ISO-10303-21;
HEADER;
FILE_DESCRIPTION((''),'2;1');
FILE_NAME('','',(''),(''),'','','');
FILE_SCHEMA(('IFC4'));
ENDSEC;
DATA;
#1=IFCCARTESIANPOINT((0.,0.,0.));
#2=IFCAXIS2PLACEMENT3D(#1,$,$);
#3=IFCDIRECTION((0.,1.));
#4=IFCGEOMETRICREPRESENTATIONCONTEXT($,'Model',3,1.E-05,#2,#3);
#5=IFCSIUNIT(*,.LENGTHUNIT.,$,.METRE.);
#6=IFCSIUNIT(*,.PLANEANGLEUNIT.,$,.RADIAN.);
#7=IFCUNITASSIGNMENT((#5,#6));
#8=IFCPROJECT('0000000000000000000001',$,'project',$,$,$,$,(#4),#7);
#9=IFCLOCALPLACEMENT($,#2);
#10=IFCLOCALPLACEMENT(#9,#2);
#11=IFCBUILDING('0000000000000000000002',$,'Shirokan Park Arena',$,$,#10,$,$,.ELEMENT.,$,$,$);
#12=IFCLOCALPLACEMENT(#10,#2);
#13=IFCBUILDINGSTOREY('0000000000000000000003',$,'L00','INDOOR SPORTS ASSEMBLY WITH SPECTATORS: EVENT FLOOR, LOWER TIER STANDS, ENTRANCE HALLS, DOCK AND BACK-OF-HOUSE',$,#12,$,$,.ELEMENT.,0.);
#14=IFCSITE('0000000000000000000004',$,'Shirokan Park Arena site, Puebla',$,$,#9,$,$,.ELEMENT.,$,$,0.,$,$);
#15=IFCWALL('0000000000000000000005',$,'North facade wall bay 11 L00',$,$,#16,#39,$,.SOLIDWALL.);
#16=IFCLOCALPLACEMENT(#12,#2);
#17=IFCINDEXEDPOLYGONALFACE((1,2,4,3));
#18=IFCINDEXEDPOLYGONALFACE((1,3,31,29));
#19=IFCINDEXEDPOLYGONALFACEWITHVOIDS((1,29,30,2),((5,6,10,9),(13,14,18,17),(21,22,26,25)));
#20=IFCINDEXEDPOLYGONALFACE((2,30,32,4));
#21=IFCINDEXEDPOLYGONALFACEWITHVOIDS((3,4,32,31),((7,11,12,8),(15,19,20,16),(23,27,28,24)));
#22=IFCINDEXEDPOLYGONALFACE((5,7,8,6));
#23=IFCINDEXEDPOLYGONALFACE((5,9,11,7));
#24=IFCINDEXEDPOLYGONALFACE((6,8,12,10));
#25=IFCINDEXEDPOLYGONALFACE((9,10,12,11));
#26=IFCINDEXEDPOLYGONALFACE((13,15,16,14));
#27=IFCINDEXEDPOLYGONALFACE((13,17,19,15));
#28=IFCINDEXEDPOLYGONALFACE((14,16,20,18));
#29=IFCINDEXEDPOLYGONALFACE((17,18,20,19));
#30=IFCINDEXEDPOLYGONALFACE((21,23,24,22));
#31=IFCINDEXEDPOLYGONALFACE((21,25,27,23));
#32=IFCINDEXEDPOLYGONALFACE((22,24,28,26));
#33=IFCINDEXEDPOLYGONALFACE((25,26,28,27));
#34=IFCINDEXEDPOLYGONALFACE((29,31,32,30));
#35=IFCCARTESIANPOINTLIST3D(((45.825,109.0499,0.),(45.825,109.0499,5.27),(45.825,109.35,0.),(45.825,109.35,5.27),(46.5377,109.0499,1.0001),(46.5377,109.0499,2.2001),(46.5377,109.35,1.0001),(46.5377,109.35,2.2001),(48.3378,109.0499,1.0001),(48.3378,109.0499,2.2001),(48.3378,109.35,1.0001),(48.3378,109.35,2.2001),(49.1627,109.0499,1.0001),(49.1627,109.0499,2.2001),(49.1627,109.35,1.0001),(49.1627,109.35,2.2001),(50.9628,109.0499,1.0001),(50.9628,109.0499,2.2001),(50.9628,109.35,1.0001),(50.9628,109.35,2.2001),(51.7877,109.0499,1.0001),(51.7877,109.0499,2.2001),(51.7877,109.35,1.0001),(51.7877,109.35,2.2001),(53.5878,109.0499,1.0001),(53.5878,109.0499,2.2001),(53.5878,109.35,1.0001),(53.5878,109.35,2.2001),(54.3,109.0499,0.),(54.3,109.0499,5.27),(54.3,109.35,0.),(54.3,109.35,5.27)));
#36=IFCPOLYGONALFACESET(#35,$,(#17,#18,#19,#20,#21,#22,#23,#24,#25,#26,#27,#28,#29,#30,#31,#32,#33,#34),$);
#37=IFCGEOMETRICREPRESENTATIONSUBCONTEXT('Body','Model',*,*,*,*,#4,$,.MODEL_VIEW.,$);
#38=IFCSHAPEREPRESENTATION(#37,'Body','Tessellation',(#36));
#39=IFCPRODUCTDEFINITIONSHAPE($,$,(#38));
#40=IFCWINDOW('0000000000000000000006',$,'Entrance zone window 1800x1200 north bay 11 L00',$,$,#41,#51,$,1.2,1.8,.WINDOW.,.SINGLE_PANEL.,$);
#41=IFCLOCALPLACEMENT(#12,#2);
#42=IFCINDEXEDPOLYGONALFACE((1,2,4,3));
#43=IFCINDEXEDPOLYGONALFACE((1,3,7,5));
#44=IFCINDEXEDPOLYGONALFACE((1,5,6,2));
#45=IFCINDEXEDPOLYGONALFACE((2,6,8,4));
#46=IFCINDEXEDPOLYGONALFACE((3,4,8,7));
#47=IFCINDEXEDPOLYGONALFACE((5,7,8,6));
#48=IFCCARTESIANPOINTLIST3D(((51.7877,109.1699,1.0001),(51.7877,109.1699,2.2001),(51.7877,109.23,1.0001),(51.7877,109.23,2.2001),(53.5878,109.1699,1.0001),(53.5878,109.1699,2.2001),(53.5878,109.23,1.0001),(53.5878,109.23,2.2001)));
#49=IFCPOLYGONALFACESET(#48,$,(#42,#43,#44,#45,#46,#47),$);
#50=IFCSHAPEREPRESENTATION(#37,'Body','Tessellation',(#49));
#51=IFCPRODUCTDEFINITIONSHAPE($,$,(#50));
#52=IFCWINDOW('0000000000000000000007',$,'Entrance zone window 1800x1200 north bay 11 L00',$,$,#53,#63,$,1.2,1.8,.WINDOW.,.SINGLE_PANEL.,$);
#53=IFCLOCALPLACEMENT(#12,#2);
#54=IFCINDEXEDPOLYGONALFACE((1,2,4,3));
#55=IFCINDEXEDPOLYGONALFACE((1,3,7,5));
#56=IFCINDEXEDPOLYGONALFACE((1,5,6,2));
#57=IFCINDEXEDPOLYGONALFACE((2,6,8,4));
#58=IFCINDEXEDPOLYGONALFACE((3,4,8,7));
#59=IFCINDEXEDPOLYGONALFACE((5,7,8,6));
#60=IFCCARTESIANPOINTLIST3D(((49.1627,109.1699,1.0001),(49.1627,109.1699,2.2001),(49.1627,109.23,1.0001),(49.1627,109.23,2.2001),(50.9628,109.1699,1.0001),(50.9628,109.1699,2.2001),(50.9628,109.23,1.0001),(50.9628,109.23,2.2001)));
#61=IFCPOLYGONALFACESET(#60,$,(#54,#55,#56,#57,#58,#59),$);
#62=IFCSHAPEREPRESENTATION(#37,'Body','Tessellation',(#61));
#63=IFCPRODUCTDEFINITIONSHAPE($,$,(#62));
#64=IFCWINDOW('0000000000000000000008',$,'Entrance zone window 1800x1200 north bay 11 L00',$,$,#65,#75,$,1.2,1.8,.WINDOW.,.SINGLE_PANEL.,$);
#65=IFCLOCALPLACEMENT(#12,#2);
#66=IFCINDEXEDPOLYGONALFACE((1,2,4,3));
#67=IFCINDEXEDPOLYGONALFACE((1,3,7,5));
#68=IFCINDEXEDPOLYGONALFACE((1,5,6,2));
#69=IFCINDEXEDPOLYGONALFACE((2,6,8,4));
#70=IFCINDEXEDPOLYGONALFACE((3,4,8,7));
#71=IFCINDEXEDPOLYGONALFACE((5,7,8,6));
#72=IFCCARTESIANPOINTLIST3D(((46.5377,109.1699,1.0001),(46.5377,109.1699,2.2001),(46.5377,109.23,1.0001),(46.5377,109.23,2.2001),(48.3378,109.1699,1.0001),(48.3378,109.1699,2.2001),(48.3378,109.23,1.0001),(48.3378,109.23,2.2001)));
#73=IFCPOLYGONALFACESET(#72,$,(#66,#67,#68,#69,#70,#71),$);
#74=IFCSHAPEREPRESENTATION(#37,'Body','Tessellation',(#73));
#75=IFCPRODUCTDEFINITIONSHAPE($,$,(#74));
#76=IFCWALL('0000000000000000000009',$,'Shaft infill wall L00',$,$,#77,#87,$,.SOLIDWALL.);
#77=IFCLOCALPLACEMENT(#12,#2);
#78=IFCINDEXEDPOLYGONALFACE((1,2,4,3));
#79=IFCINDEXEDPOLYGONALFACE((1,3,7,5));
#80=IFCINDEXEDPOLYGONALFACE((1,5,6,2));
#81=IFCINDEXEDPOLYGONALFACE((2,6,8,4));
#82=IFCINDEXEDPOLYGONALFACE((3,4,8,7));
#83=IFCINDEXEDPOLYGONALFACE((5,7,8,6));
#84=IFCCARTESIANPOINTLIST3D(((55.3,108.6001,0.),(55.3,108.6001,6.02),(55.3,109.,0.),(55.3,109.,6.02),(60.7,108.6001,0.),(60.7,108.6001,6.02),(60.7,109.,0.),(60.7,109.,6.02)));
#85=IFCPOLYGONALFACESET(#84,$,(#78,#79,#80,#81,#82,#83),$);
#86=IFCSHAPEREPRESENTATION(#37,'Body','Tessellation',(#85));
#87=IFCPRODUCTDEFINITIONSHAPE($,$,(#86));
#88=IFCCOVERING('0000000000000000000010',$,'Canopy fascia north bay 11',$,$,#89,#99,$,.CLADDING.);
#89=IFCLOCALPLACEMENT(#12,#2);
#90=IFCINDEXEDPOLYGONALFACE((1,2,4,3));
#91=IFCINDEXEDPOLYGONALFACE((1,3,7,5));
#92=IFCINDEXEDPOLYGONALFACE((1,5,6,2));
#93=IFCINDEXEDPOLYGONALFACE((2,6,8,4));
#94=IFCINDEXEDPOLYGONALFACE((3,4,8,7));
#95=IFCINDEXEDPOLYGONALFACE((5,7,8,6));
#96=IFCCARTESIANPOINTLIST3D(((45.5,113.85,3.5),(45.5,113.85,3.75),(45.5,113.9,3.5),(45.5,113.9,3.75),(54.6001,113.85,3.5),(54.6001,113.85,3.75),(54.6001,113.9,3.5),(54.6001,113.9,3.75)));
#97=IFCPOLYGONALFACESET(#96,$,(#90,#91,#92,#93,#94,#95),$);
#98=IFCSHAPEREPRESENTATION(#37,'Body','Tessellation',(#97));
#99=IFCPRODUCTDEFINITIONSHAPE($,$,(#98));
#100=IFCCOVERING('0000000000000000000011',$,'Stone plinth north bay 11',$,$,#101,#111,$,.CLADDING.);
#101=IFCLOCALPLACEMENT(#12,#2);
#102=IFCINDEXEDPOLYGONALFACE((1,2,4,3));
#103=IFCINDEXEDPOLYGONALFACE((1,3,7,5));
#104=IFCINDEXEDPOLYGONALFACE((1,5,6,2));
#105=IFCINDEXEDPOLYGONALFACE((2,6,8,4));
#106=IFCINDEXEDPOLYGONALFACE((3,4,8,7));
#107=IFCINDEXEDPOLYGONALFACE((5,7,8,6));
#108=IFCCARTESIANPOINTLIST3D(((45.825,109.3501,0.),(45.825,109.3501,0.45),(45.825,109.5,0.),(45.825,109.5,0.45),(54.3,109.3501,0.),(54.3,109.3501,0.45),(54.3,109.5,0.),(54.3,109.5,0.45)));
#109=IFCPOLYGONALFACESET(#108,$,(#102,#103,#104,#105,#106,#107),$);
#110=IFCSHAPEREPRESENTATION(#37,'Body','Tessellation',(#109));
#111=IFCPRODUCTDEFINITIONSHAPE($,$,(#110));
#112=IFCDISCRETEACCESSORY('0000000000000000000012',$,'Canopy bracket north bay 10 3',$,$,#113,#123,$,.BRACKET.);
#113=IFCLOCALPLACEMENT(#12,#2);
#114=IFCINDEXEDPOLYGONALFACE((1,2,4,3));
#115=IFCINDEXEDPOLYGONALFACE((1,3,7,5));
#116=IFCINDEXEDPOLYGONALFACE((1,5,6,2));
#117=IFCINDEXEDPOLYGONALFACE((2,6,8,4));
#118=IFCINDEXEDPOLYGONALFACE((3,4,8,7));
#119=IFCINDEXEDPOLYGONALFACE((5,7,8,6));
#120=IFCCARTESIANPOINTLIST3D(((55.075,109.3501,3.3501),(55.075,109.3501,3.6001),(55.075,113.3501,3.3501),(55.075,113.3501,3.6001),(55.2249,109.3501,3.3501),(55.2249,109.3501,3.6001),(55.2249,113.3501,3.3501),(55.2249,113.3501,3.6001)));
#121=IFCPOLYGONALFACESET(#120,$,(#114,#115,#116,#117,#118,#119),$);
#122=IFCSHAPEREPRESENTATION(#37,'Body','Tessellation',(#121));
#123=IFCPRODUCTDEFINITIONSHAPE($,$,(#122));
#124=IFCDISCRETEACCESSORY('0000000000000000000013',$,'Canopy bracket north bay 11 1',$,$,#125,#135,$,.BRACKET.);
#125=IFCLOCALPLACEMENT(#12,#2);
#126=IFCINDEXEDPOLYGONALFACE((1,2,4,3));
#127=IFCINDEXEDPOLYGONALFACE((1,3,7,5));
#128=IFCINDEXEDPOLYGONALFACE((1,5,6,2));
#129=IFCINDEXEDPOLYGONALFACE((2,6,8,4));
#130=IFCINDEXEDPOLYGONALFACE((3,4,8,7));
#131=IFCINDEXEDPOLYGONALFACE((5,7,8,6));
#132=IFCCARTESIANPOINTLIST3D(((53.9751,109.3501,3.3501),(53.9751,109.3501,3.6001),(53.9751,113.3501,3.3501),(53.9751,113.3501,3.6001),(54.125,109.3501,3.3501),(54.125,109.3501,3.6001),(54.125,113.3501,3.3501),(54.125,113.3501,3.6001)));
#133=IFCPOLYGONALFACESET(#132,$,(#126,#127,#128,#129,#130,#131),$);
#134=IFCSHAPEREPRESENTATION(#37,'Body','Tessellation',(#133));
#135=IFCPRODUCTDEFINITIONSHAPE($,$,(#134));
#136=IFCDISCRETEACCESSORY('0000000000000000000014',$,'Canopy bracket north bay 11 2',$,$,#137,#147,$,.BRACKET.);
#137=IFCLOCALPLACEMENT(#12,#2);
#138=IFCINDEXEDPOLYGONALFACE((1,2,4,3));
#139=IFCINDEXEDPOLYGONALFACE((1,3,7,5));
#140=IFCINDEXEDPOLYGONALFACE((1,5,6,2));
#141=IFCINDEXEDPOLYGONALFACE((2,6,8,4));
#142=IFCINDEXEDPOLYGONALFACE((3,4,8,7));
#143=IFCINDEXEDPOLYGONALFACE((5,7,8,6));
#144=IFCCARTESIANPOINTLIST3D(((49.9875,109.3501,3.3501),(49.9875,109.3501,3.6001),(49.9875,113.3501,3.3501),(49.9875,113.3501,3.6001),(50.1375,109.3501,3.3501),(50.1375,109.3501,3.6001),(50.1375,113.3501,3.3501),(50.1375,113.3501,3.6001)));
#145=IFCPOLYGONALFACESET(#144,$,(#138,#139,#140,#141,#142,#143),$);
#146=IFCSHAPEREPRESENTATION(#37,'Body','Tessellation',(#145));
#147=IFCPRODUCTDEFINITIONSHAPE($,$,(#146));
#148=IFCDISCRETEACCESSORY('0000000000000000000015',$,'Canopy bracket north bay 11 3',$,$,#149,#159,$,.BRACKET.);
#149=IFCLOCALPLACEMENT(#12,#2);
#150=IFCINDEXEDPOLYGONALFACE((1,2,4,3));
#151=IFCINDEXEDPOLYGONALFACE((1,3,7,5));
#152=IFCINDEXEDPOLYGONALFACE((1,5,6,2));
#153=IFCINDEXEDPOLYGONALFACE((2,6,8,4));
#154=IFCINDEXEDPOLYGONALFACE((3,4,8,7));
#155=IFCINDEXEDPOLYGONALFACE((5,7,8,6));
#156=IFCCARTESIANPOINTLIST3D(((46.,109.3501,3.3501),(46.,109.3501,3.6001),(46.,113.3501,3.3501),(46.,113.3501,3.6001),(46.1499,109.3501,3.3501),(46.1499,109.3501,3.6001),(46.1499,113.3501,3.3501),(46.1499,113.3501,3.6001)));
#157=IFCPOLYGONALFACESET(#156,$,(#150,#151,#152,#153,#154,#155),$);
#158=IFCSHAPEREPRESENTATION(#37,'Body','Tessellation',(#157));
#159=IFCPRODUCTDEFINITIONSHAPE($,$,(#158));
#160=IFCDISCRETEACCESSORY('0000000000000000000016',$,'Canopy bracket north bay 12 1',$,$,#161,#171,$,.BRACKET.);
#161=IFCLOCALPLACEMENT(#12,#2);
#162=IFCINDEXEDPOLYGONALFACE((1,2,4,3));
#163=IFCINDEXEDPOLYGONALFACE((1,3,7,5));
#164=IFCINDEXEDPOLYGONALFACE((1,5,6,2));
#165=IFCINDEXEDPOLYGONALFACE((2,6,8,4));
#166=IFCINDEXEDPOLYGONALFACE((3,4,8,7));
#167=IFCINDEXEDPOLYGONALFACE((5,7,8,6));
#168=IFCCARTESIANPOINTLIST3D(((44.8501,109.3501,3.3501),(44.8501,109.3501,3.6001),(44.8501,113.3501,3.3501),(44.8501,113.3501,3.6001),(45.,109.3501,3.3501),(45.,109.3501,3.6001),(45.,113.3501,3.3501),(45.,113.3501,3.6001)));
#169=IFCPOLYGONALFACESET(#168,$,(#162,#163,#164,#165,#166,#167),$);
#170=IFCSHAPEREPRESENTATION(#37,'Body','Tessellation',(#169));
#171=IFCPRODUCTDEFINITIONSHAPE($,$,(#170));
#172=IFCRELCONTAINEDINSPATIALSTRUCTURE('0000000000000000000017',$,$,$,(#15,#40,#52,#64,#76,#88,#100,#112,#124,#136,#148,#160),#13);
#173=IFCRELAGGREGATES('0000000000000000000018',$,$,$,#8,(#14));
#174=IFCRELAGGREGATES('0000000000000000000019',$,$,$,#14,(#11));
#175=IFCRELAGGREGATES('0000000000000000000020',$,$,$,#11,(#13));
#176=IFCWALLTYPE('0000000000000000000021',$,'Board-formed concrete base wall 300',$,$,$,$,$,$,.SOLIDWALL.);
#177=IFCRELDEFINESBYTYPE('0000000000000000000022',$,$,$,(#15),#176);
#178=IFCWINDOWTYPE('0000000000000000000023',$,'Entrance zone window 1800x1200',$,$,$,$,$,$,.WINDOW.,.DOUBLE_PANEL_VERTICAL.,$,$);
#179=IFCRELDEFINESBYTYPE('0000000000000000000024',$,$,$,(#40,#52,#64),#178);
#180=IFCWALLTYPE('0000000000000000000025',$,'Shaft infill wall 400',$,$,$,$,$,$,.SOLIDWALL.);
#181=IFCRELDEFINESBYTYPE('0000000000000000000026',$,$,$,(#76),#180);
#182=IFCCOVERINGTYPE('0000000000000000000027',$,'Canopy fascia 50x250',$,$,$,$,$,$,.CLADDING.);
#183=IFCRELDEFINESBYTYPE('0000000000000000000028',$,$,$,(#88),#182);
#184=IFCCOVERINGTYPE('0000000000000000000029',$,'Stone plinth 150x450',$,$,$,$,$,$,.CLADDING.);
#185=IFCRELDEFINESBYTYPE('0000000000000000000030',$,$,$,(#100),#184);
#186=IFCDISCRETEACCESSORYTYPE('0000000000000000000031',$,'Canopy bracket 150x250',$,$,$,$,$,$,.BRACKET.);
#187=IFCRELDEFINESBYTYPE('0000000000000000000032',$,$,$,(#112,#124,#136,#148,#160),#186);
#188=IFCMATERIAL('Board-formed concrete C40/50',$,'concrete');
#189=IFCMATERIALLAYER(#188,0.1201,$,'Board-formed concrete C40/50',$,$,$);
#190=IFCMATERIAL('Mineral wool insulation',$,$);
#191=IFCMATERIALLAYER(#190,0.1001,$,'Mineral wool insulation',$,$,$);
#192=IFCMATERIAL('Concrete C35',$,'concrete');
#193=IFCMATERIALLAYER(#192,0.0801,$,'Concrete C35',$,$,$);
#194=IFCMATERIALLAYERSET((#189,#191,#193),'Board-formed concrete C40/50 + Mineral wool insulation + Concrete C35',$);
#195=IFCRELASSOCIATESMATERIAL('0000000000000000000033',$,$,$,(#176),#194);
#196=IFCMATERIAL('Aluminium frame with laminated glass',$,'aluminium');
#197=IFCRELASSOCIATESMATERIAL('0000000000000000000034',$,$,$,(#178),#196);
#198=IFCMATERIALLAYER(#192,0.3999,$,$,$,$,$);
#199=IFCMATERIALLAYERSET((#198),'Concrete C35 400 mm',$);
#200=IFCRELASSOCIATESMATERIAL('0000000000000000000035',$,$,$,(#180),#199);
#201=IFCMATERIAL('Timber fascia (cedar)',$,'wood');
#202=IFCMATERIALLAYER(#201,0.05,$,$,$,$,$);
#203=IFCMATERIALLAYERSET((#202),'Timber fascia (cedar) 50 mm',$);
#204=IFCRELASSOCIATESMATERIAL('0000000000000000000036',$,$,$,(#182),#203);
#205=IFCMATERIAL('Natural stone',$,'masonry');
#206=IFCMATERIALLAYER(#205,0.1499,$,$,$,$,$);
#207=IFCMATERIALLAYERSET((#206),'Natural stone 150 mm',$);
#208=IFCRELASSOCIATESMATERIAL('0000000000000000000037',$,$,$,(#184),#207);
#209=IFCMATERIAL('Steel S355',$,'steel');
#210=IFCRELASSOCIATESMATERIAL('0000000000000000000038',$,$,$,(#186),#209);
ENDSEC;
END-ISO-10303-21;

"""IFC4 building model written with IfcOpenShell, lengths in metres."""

from ifc_helpers import new_model, si_unit, direction, frame, frame_2d, origin, origin_2d, place, context, subcontext, project, spatial, rectangle, extrude, material, layer, layer_set, type_object, element, fill, save


model = new_model("IFC4")

# Units and contexts
model_context = context("Model", 3, precision=1e-05, world=origin(), true_north=direction((0.0, 1.0)))
body_context = subcontext(model_context, "Body", "Model", "MODEL_VIEW")
ifc_project = project(units=[si_unit("LENGTHUNIT", "METRE"), si_unit("PLANEANGLEUNIT", "RADIAN")], contexts=[model_context])

# Site, building, storey
site_placement = place(None, origin())
site = spatial("IfcSite", under=ifc_project, at=site_placement, Name="Shirokan Park Arena site, Puebla", CompositionType="ELEMENT", RefElevation=0.0)
building_placement = place(site_placement, origin())
building = spatial("IfcBuilding", under=site, at=building_placement, Name="Shirokan Park Arena", CompositionType="ELEMENT")
storey_placement = place(building_placement, origin())
storey = spatial("IfcBuildingStorey", under=building, at=storey_placement, Name="L00", Description="INDOOR SPORTS ASSEMBLY WITH SPECTATORS: EVENT FLOOR, LOWER TIER STANDS, ENTRANCE HALLS, DOCK AND BACK-OF-HOUSE", CompositionType="ELEMENT", Elevation=0.0)

# Shared definitions
ifc_material_1 = material(Name="Concrete C35", Category="concrete")
ifc_material_2 = material(Name="Steel S355", Category="steel")

# Wall, openings, windows
ifc_material_3 = material(Name="Board-formed concrete C40/50", Category="concrete")
ifc_layer_1 = layer(ifc_material_3, 0.1201, Name="Board-formed concrete C40/50")
ifc_material_4 = material(Name="Mineral wool insulation")
ifc_layer_2 = layer(ifc_material_4, 0.1001, Name="Mineral wool insulation")
ifc_layer_3 = layer(ifc_material_1, 0.0801, Name="Concrete C35")
ifc_layer_set_1 = layer_set([ifc_layer_1, ifc_layer_2, ifc_layer_3], Name="Board-formed concrete C40/50 + Mineral wool insulation + Concrete C35")
wall_type_1 = type_object("IfcWallType", Name="Board-formed concrete base wall 300", PredefinedType="SOLIDWALL", material=ifc_layer_set_1)
wall_1_placement = place(storey_placement, frame((54.3, 109.2, 0.0), z_axis=(0.0, 0.0, 1.0), x_axis=(-1.0, 0.0, 0.0)))
wall_1 = element("IfcWall", 1, at=wall_1_placement, inside=storey, type_object=wall_type_1, Name="North facade wall bay 11 L00", PredefinedType="SOLIDWALL", context=body_context, shape_type="SweptSolid", body=[
    extrude(rectangle(XDim=8.4751, YDim=0.3, at=frame_2d((4.2375, 0.0))), origin(), (0.0, 0.0, 1.0), 5.27),
])
opening_1_placement = place(wall_1_placement, frame((0.7124, 0.0, 1.0)))
opening_1 = element("IfcOpeningElement", 2, at=opening_1_placement, cuts=wall_1, PredefinedType="OPENING", context=body_context, shape_type="SweptSolid", body=[
    extrude(rectangle(XDim=1.8, YDim=1.2, at=frame_2d((0.8999, 0.6001))), frame((0.0, 0.1599, 0.0), z_axis=(0.0, -1.0, 0.0), x_axis=(1.0, 0.0, 0.0)), (0.0, 0.0, 1.0), 0.3201),
])
opening_2_placement = place(wall_1_placement, frame((3.3374, 0.0, 1.0)))
opening_2 = element("IfcOpeningElement", 3, at=opening_2_placement, cuts=wall_1, PredefinedType="OPENING", context=body_context, shape_type="SweptSolid", body=[
    extrude(rectangle(XDim=1.8, YDim=1.2, at=frame_2d((0.8999, 0.6001))), frame((0.0, 0.1599, 0.0), z_axis=(0.0, -1.0, 0.0), x_axis=(1.0, 0.0, 0.0)), (0.0, 0.0, 1.0), 0.3201),
])
opening_3_placement = place(wall_1_placement, frame((5.9624, 0.0, 1.0)))
opening_3 = element("IfcOpeningElement", 4, at=opening_3_placement, cuts=wall_1, PredefinedType="OPENING", context=body_context, shape_type="SweptSolid", body=[
    extrude(rectangle(XDim=1.8, YDim=1.2, at=frame_2d((0.8999, 0.6001))), frame((0.0, 0.1599, 0.0), z_axis=(0.0, -1.0, 0.0), x_axis=(1.0, 0.0, 0.0)), (0.0, 0.0, 1.0), 0.3201),
])
ifc_material_5 = material(Name="Aluminium frame with laminated glass", Category="aluminium")
window_type = type_object("IfcWindowType", Name="Entrance zone window 1800x1200", PartitioningType="DOUBLE_PANEL_VERTICAL", PredefinedType="WINDOW", material=ifc_material_5)
window_1_placement = place(opening_1_placement, origin())
window_1 = element("IfcWindow", 5, at=window_1_placement, inside=storey, type_object=window_type, Name="Entrance zone window 1800x1200 north bay 11 L00", OverallHeight=1.2, OverallWidth=1.8, PartitioningType="SINGLE_PANEL", PredefinedType="WINDOW", context=body_context, shape_type="SweptSolid", body=[
    extrude(rectangle(XDim=1.8, YDim=1.2, at=frame_2d((0.8999, 0.6001))), frame((0.0, 0.03, 0.0), z_axis=(0.0, -1.0, 0.0), x_axis=(1.0, 0.0, 0.0)), (0.0, 0.0, 1.0), 0.0601),
])
fill(opening_1, window_1)
window_2_placement = place(opening_2_placement, origin())
window_2 = element("IfcWindow", 6, at=window_2_placement, inside=storey, type_object=window_type, Name="Entrance zone window 1800x1200 north bay 11 L00", OverallHeight=1.2, OverallWidth=1.8, PartitioningType="SINGLE_PANEL", PredefinedType="WINDOW", context=body_context, shape_type="SweptSolid", body=[
    extrude(rectangle(XDim=1.8, YDim=1.2, at=frame_2d((0.8999, 0.6001))), frame((0.0, 0.03, 0.0), z_axis=(0.0, -1.0, 0.0), x_axis=(1.0, 0.0, 0.0)), (0.0, 0.0, 1.0), 0.0601),
])
fill(opening_2, window_2)
window_3_placement = place(opening_3_placement, origin())
window_3 = element("IfcWindow", 7, at=window_3_placement, inside=storey, type_object=window_type, Name="Entrance zone window 1800x1200 north bay 11 L00", OverallHeight=1.2, OverallWidth=1.8, PartitioningType="SINGLE_PANEL", PredefinedType="WINDOW", context=body_context, shape_type="SweptSolid", body=[
    extrude(rectangle(XDim=1.8, YDim=1.2, at=frame_2d((0.8999, 0.6001))), frame((0.0, 0.03, 0.0), z_axis=(0.0, -1.0, 0.0), x_axis=(1.0, 0.0, 0.0)), (0.0, 0.0, 1.0), 0.0601),
])
fill(opening_3, window_3)

# Wall
ifc_layer_4 = layer(ifc_material_1, 0.3999)
ifc_layer_set_2 = layer_set([ifc_layer_4], Name="Concrete C35 400 mm")
wall_type_2 = type_object("IfcWallType", Name="Shaft infill wall 400", PredefinedType="SOLIDWALL", material=ifc_layer_set_2)
wall_2_placement = place(storey_placement, frame((55.3, 108.8, 0.0), z_axis=(0.0, 0.0, 1.0), x_axis=(1.0, 0.0, 0.0)))
element("IfcWall", 8, at=wall_2_placement, inside=storey, type_object=wall_type_2, Name="Shaft infill wall L00", PredefinedType="SOLIDWALL", context=body_context, shape_type="SweptSolid", body=[
    extrude(rectangle(XDim=5.3999, YDim=0.3999, at=frame_2d((2.7, 0.0))), origin(), (0.0, 0.0, 1.0), 6.02),
])

# Coverings
ifc_material_6 = material(Name="Timber fascia (cedar)", Category="wood")
ifc_layer_5 = layer(ifc_material_6, 0.05)
ifc_layer_set_3 = layer_set([ifc_layer_5], Name="Timber fascia (cedar) 50 mm")
covering_type_1 = type_object("IfcCoveringType", Name="Canopy fascia 50x250", PredefinedType="CLADDING", material=ifc_layer_set_3)
covering_1_placement = place(storey_placement, frame((50.05, 113.875, 3.5), z_axis=(0.0, 0.0, 1.0), x_axis=(-1.0, 0.0, 0.0)))
element("IfcCovering", 9, at=covering_1_placement, inside=storey, type_object=covering_type_1, Name="Canopy fascia north bay 11", PredefinedType="CLADDING", context=body_context, shape_type="SweptSolid", body=[
    extrude(rectangle(XDim=9.1001, YDim=0.05, at=origin_2d()), origin(), (0.0, 0.0, 1.0), 0.25),
])
ifc_material_7 = material(Name="Natural stone", Category="masonry")
ifc_layer_6 = layer(ifc_material_7, 0.1499)
ifc_layer_set_4 = layer_set([ifc_layer_6], Name="Natural stone 150 mm")
covering_type_2 = type_object("IfcCoveringType", Name="Stone plinth 150x450", PredefinedType="CLADDING", material=ifc_layer_set_4)
covering_2_placement = place(storey_placement, frame((50.0625, 109.425, 0.0), z_axis=(0.0, 0.0, 1.0), x_axis=(-1.0, 0.0, 0.0)))
element("IfcCovering", 10, at=covering_2_placement, inside=storey, type_object=covering_type_2, Name="Stone plinth north bay 11", PredefinedType="CLADDING", context=body_context, shape_type="SweptSolid", body=[
    extrude(rectangle(XDim=8.4751, YDim=0.1499, at=origin_2d()), origin(), (0.0, 0.0, 1.0), 0.45),
])

# Discrete accessories
discrete_accessory_type = type_object("IfcDiscreteAccessoryType", Name="Canopy bracket 150x250", PredefinedType="BRACKET", material=ifc_material_2)
for number, where, z_axis, x_axis, name in (
    (11, (55.1499, 111.3501, 3.3501), (0.0, 0.0, 1.0), (-1.0, 0.0, 0.0), "Canopy bracket north bay 10 3"),
    (12, (54.05, 111.3501, 3.3501), (0.0, 0.0, 1.0), (-1.0, 0.0, 0.0), "Canopy bracket north bay 11 1"),
    (13, (50.0625, 111.3501, 3.3501), (0.0, 0.0, 1.0), (-1.0, 0.0, 0.0), "Canopy bracket north bay 11 2"),
    (14, (46.075, 111.3501, 3.3501), (0.0, 0.0, 1.0), (-1.0, 0.0, 0.0), "Canopy bracket north bay 11 3"),
    (15, (44.925, 111.3501, 3.3501), (0.0, 0.0, 1.0), (-1.0, 0.0, 0.0), "Canopy bracket north bay 12 1"),
):
    element("IfcDiscreteAccessory", number, at=place(storey_placement, frame(where, z_axis=z_axis, x_axis=x_axis)), inside=storey, type_object=discrete_accessory_type, Name=name, PredefinedType="BRACKET", context=body_context, shape_type="SweptSolid", body=[
        extrude(rectangle(XDim=0.1499, YDim=4.0, at=origin_2d()), origin(), (0.0, 0.0, 1.0), 0.25),
    ])

save(model, "model.ifc")
